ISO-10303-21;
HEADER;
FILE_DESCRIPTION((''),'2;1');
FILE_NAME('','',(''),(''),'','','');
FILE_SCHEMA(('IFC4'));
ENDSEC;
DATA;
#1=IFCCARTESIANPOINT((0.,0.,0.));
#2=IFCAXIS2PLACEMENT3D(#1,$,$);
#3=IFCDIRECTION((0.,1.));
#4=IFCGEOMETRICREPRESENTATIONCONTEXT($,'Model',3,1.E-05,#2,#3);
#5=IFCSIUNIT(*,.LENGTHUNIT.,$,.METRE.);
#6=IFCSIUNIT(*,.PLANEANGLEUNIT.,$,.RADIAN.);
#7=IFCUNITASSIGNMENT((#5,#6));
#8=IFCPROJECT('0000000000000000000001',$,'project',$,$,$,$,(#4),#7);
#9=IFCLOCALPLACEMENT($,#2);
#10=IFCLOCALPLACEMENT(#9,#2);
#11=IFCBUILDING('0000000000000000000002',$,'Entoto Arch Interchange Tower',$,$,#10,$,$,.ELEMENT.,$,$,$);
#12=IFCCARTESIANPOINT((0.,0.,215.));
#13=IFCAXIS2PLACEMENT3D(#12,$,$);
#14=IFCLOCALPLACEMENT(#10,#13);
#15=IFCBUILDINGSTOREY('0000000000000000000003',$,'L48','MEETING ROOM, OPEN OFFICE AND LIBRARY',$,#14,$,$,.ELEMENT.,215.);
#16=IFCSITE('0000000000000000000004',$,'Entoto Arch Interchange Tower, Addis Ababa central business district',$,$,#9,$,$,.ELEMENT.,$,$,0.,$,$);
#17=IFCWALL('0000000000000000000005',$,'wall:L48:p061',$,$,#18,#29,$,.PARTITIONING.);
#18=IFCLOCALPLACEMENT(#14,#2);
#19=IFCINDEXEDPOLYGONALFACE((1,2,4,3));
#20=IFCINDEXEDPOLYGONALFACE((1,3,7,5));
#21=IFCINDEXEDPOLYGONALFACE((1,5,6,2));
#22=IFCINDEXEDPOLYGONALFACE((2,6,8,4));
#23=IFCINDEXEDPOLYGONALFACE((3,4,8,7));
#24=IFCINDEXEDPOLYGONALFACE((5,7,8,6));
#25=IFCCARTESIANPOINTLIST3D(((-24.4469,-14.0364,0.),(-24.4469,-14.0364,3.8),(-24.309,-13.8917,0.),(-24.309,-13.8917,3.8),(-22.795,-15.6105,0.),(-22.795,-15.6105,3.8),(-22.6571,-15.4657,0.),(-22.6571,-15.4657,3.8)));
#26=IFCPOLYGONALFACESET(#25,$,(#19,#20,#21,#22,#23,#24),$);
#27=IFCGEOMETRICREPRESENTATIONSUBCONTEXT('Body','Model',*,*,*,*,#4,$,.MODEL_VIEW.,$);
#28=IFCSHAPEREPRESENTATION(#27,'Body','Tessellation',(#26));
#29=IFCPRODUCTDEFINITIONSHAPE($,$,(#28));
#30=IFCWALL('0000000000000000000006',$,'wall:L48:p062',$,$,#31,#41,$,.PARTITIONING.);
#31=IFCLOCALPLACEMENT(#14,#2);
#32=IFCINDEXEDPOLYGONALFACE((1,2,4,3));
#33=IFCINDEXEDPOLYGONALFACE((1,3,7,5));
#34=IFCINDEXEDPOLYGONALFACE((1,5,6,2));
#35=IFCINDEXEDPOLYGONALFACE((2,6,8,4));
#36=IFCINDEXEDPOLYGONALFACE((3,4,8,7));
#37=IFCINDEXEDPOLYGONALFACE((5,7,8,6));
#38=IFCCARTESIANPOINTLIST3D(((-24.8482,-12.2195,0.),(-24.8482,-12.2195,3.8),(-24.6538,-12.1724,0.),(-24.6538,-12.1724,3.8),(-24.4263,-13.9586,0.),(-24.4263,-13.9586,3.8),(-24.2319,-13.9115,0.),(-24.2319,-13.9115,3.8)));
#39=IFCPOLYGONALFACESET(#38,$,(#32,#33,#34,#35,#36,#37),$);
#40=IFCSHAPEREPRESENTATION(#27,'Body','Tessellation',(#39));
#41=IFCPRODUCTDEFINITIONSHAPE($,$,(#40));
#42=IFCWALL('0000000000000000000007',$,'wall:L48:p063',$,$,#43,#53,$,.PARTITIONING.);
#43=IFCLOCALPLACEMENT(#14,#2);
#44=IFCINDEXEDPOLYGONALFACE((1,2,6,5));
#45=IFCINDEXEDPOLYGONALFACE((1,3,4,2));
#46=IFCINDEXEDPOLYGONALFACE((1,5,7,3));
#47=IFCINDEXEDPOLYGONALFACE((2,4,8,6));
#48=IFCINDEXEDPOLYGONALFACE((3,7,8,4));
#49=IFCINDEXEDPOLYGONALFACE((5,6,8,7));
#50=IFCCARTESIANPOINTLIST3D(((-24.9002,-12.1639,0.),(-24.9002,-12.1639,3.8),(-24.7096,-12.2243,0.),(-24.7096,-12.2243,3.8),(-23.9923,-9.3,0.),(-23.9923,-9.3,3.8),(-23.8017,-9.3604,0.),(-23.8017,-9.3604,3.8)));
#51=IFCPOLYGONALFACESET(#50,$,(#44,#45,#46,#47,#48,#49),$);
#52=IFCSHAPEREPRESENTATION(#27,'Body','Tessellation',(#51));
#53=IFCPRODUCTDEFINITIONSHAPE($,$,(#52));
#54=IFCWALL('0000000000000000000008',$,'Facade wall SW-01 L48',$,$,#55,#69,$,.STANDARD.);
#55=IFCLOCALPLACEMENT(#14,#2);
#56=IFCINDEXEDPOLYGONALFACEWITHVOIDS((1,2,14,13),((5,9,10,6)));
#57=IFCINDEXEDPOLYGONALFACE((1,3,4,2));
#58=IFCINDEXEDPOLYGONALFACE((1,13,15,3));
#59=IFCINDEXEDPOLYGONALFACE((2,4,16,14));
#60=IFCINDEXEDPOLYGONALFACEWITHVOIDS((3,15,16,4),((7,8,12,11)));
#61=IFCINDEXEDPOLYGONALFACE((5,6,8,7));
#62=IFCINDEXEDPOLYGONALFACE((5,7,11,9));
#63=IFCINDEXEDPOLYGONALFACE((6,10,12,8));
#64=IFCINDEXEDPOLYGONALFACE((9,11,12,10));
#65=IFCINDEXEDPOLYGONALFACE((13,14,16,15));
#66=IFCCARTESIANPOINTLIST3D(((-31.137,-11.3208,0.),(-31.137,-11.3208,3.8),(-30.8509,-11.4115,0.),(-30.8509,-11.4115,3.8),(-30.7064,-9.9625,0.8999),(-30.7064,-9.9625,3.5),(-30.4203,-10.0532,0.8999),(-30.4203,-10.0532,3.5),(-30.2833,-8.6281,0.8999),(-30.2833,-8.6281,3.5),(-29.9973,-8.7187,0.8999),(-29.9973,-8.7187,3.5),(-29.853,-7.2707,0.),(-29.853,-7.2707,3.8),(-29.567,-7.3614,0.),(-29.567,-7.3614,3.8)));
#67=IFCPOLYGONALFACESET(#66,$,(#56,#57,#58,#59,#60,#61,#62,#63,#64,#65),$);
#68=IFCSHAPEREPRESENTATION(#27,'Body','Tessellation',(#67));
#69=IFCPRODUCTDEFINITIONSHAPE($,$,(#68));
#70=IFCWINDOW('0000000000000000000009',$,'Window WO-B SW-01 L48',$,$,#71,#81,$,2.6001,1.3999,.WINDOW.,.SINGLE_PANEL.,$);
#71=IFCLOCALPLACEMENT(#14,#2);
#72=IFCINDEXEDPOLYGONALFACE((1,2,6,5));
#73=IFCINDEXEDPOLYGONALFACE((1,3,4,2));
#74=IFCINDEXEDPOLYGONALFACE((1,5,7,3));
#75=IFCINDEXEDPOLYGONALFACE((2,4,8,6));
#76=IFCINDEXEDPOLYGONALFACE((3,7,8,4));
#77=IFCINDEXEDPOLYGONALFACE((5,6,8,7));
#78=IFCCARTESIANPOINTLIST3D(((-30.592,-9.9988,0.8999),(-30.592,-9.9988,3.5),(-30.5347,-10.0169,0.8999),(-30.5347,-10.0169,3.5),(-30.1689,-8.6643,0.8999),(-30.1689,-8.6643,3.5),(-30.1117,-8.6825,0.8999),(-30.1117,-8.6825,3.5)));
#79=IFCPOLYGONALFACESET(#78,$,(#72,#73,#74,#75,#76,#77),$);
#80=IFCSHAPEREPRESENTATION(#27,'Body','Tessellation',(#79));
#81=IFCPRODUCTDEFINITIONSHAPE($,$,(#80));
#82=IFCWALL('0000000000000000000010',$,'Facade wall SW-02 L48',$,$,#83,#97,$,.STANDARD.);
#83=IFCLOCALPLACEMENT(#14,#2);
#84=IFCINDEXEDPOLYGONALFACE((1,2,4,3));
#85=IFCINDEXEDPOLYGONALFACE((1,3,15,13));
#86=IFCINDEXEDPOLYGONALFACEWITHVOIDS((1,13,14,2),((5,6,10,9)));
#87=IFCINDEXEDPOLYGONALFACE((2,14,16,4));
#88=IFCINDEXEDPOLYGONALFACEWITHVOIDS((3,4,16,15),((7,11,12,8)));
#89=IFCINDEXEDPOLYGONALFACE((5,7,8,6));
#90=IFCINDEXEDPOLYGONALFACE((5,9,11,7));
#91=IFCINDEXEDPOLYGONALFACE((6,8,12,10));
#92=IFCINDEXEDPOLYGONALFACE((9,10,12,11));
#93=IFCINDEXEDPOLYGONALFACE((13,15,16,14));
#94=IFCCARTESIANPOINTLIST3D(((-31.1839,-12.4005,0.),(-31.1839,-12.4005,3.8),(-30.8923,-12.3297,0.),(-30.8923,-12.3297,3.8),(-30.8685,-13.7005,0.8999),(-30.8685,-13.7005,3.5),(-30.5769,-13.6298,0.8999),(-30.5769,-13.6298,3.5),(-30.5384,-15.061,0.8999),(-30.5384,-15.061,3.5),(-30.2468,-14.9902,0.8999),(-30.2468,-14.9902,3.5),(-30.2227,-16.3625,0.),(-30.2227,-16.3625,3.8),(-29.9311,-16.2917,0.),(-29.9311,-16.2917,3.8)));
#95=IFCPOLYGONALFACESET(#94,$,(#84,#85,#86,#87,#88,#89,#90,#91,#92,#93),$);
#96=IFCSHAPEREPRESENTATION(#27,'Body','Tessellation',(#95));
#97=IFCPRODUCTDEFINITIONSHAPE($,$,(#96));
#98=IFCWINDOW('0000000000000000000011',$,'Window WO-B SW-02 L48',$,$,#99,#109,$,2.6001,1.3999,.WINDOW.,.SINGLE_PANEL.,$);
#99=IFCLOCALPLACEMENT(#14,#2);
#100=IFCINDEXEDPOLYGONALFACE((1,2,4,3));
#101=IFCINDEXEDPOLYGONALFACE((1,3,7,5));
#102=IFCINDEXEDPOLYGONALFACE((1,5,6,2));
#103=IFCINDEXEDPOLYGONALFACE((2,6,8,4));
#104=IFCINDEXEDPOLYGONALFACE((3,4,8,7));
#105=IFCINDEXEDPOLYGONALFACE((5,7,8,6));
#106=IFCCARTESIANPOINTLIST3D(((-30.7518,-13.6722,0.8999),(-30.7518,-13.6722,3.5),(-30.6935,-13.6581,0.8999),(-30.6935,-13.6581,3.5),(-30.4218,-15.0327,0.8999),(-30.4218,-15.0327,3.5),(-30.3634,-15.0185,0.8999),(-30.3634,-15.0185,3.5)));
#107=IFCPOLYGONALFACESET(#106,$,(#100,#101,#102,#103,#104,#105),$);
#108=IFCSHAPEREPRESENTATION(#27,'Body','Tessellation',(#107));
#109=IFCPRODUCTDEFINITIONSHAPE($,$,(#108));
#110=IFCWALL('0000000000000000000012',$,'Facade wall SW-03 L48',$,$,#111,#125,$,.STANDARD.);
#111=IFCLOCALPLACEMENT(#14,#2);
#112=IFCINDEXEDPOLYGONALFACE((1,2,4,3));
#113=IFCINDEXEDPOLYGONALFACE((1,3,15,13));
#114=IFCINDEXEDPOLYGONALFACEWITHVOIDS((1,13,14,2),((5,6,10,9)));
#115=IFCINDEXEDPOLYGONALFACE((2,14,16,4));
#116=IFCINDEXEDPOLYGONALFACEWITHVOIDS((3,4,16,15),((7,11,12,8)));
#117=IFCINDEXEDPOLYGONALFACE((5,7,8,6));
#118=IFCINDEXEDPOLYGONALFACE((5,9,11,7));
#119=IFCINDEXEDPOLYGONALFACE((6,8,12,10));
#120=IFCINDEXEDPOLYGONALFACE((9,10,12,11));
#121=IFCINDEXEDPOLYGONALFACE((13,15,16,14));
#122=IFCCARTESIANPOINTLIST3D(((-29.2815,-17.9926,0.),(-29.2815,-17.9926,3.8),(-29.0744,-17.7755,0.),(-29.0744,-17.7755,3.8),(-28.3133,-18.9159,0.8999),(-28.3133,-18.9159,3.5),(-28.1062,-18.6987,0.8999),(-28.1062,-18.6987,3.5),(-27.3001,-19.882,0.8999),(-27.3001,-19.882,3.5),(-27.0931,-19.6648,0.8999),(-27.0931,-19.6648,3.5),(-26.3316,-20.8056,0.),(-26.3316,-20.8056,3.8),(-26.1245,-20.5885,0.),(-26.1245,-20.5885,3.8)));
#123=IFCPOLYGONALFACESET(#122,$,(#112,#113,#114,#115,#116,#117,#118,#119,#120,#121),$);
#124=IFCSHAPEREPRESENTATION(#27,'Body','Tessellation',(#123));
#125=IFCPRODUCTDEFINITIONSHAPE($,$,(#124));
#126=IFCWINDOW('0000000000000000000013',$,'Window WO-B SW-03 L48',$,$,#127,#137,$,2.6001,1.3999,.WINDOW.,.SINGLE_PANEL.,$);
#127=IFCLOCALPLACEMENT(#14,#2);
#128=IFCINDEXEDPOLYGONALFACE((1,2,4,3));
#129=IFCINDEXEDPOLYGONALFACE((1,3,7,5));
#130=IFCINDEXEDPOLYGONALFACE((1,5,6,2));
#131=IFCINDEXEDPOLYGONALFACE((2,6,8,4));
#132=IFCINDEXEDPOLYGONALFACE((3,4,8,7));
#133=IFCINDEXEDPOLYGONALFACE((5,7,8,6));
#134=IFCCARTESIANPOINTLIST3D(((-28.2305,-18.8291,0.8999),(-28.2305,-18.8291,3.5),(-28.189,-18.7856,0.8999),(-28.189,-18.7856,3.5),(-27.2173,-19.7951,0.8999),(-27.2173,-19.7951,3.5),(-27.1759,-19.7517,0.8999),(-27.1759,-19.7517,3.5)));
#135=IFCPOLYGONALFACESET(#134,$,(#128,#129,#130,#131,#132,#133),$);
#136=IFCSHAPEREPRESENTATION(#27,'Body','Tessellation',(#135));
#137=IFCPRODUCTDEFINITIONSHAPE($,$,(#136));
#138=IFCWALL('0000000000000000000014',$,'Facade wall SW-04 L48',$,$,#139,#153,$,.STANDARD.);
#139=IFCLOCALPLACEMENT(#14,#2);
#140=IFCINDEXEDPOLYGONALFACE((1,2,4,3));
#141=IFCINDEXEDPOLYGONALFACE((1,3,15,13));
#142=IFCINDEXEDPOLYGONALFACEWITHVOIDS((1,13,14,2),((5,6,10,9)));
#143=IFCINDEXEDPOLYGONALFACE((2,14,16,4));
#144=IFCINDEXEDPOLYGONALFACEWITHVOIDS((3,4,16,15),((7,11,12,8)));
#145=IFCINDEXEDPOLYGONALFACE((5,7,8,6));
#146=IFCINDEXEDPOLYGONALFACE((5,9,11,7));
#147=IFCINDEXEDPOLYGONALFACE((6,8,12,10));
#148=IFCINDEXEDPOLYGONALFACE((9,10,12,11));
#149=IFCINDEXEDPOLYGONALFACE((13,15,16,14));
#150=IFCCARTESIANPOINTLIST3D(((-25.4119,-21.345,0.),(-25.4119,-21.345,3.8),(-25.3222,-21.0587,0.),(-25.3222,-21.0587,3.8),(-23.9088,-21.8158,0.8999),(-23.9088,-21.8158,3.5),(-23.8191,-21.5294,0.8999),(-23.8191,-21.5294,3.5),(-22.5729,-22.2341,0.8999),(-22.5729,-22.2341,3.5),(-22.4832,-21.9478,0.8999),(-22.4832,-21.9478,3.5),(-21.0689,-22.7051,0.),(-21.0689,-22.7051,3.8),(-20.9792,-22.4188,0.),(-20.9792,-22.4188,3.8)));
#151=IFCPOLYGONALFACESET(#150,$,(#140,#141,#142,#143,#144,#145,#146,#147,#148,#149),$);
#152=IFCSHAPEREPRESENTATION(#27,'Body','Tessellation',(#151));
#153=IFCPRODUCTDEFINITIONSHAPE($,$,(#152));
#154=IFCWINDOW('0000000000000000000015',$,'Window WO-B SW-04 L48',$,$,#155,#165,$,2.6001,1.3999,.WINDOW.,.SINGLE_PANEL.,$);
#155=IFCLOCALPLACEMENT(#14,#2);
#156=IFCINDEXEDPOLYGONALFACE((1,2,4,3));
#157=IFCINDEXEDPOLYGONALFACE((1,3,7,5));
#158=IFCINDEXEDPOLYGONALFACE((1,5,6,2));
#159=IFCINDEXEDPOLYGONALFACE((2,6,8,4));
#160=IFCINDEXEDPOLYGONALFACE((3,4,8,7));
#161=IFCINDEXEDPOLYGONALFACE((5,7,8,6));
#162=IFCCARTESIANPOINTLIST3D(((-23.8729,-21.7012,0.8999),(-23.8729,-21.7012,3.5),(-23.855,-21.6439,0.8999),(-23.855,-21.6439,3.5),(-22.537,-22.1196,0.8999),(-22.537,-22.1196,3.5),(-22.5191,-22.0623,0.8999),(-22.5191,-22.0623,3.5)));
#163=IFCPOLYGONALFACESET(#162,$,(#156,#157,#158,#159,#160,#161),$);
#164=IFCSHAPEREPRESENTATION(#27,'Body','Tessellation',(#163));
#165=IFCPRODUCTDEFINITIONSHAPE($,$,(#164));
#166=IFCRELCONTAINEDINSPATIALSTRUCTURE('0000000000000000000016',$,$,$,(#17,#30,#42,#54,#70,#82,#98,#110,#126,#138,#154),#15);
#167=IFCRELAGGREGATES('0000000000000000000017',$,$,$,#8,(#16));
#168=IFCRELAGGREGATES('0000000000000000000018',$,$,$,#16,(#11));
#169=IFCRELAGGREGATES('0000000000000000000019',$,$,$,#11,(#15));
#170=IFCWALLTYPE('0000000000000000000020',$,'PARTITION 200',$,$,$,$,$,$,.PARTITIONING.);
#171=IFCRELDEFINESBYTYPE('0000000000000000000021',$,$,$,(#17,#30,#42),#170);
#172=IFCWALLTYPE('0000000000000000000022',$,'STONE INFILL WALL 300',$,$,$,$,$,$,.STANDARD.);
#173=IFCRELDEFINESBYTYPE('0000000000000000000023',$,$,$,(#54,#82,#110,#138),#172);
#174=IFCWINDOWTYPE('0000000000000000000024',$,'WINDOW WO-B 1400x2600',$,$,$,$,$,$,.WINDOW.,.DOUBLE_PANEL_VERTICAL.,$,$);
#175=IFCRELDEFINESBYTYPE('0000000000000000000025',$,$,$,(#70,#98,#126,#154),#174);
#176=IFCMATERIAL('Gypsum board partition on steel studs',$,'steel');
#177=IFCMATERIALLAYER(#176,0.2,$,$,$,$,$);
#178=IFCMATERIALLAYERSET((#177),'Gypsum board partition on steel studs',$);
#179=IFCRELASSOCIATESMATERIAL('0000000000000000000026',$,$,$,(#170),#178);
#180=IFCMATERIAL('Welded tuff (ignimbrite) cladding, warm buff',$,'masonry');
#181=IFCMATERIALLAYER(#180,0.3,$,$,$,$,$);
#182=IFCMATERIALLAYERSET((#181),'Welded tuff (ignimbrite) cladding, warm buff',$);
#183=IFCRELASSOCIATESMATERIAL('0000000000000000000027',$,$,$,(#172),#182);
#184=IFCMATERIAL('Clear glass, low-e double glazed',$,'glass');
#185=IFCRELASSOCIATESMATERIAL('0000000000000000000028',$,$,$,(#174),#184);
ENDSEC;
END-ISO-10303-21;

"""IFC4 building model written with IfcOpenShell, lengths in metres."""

from ifc_helpers import new_model, si_unit, direction, frame, frame_2d, origin, place, context, subcontext, project, spatial, rectangle, extrude, material, layer, layer_set, type_object, element, fill, save


model = new_model("IFC4")

# Units and contexts
model_context = context("Model", 3, precision=1e-05, world=origin(), true_north=direction((0.0, 1.0)))
body_context = subcontext(model_context, "Body", "Model", "MODEL_VIEW")
ifc_project = project(units=[si_unit("LENGTHUNIT", "METRE"), si_unit("PLANEANGLEUNIT", "RADIAN")], contexts=[model_context])

# Site, building, storey
site_placement = place(None, origin())
site = spatial("IfcSite", under=ifc_project, at=site_placement, Name="Entoto Arch Interchange Tower, Addis Ababa central business district", CompositionType="ELEMENT", RefElevation=0.0)
building_placement = place(site_placement, origin())
building = spatial("IfcBuilding", under=site, at=building_placement, Name="Entoto Arch Interchange Tower", CompositionType="ELEMENT")
storey_placement = place(building_placement, frame((0.0, 0.0, 215.0)))
storey = spatial("IfcBuildingStorey", under=building, at=storey_placement, Name="L48", Description="MEETING ROOM, OPEN OFFICE AND LIBRARY", CompositionType="ELEMENT", Elevation=215.0)

# Shared definitions
ifc_material_1 = material(Name="Gypsum board partition on steel studs", Category="steel")
ifc_layer_1 = layer(ifc_material_1, 0.2)
ifc_layer_set_1 = layer_set([ifc_layer_1], Name="Gypsum board partition on steel studs")
wall_type_1 = type_object("IfcWallType", Name="PARTITION 200", PredefinedType="PARTITIONING", material=ifc_layer_set_1)

# Walls
wall_1_placement = place(storey_placement, frame((-22.7261, -15.5381, 0.0), z_axis=(0.0, 0.0, 1.0), x_axis=(-0.723967, 0.689834, 0.0)))
element("IfcWall", 1, at=wall_1_placement, inside=storey, type_object=wall_type_1, Name="wall:L48:p061", PredefinedType="PARTITIONING", context=body_context, shape_type="SweptSolid", body=[
    extrude(rectangle(XDim=2.2817, YDim=0.2, at=frame_2d((1.1409, 0.0))), origin(), (0.0, 0.0, 1.0), 3.8),
])
wall_2_placement = place(storey_placement, frame((-24.3291, -13.9351, 0.0), z_axis=(0.0, 0.0, 1.0), x_axis=(-0.235756, 0.971812, 0.0)))
element("IfcWall", 2, at=wall_2_placement, inside=storey, type_object=wall_type_1, Name="wall:L48:p062", PredefinedType="PARTITIONING", context=body_context, shape_type="SweptSolid", body=[
    extrude(rectangle(XDim=1.7896, YDim=0.2, at=frame_2d((0.8948, 0.0))), origin(), (0.0, 0.0, 1.0), 3.8),
])
wall_3_placement = place(storey_placement, frame((-24.8049, -12.1941, 0.0), z_axis=(0.0, 0.0, 1.0), x_axis=(0.302201, 0.953244, 0.0)))
element("IfcWall", 3, at=wall_3_placement, inside=storey, type_object=wall_type_1, Name="wall:L48:p063", PredefinedType="PARTITIONING", context=body_context, shape_type="SweptSolid", body=[
    extrude(rectangle(XDim=3.0044, YDim=0.2, at=frame_2d((1.5022, 0.0))), origin(), (0.0, 0.0, 1.0), 3.8),
])

# Walls, openings, windows
ifc_material_2 = material(Name="Welded tuff (ignimbrite) cladding, warm buff", Category="masonry")
ifc_layer_2 = layer(ifc_material_2, 0.3)
ifc_layer_set_2 = layer_set([ifc_layer_2], Name="Welded tuff (ignimbrite) cladding, warm buff")
wall_type_2 = type_object("IfcWallType", Name="STONE INFILL WALL 300", PredefinedType="STANDARD", material=ifc_layer_set_2)
wall_4_placement = place(storey_placement, frame((-29.71, -7.3159, 0.0), z_axis=(0.0, 0.0, 1.0), x_axis=(-0.302195, -0.953246, 0.0)))
wall_4 = element("IfcWall", 4, at=wall_4_placement, inside=storey, type_object=wall_type_2, Name="Facade wall SW-01 L48", PredefinedType="STANDARD", context=body_context, shape_type="SweptSolid", body=[
    extrude(rectangle(XDim=4.2488, YDim=0.3, at=frame_2d((2.1245, 0.0))), origin(), (0.0, 0.0, 1.0), 3.8),
])
opening_1_placement = place(wall_4_placement, frame((1.4241, 0.0, 0.8999)))
opening_1 = element("IfcOpeningElement", 5, at=opening_1_placement, cuts=wall_4, PredefinedType="OPENING", context=body_context, shape_type="SweptSolid", body=[
    extrude(rectangle(XDim=1.3999, YDim=2.6001, at=frame_2d((0.7, 1.3))), frame((0.0, 0.1602, 0.0), z_axis=(0.0, -1.0, 0.0), x_axis=(1.0, 0.0, 0.0)), (0.0, 0.0, 1.0), 0.3201),
])
ifc_material_3 = material(Name="Clear glass, low-e double glazed", Category="glass")
window_type = type_object("IfcWindowType", Name="WINDOW WO-B 1400x2600", PartitioningType="DOUBLE_PANEL_VERTICAL", PredefinedType="WINDOW", material=ifc_material_3)
window_1_placement = place(opening_1_placement, origin())
window_1 = element("IfcWindow", 6, at=window_1_placement, inside=storey, type_object=window_type, Name="Window WO-B SW-01 L48", OverallHeight=2.6001, OverallWidth=1.3999, PartitioningType="SINGLE_PANEL", PredefinedType="WINDOW", context=body_context, shape_type="SweptSolid", body=[
    extrude(rectangle(XDim=1.3999, YDim=2.6001, at=frame_2d((0.7, 1.3))), frame((0.0, 0.03, 0.0), z_axis=(0.0, -1.0, 0.0), x_axis=(1.0, 0.0, 0.0)), (0.0, 0.0, 1.0), 0.0601),
])
fill(opening_1, window_1)
wall_5_placement = place(storey_placement, frame((-31.0381, -12.365, 0.0), z_axis=(0.0, 0.0, 1.0), x_axis=(0.235766, -0.97181, 0.0)))
wall_5 = element("IfcWall", 7, at=wall_5_placement, inside=storey, type_object=wall_type_2, Name="Facade wall SW-02 L48", PredefinedType="STANDARD", context=body_context, shape_type="SweptSolid", body=[
    extrude(rectangle(XDim=4.0769, YDim=0.3, at=frame_2d((2.0386, 0.0))), origin(), (0.0, 0.0, 1.0), 3.8),
])
opening_2_placement = place(wall_5_placement, frame((1.3379, 0.0, 0.8999)))
opening_2 = element("IfcOpeningElement", 8, at=opening_2_placement, cuts=wall_5, PredefinedType="OPENING", context=body_context, shape_type="SweptSolid", body=[
    extrude(rectangle(XDim=1.3999, YDim=2.6001, at=frame_2d((0.7, 1.3))), frame((0.0, 0.1602, 0.0), z_axis=(0.0, -1.0, 0.0), x_axis=(1.0, 0.0, 0.0)), (0.0, 0.0, 1.0), 0.3201),
])
window_2_placement = place(opening_2_placement, origin())
window_2 = element("IfcWindow", 9, at=window_2_placement, inside=storey, type_object=window_type, Name="Window WO-B SW-02 L48", OverallHeight=2.6001, OverallWidth=1.3999, PartitioningType="SINGLE_PANEL", PredefinedType="WINDOW", context=body_context, shape_type="SweptSolid", body=[
    extrude(rectangle(XDim=1.3999, YDim=2.6001, at=frame_2d((0.7, 1.3))), frame((0.0, 0.03, 0.0), z_axis=(0.0, -1.0, 0.0), x_axis=(1.0, 0.0, 0.0)), (0.0, 0.0, 1.0), 0.0601),
])
fill(opening_2, window_2)
wall_6_placement = place(storey_placement, frame((-29.178, -17.884, 0.0), z_axis=(0.0, 0.0, 1.0), x_axis=(0.723708, -0.690107, 0.0)))
wall_6 = element("IfcWall", 10, at=wall_6_placement, inside=storey, type_object=wall_type_2, Name="Facade wall SW-03 L48", PredefinedType="STANDARD", context=body_context, shape_type="SweptSolid", body=[
    extrude(rectangle(XDim=4.0762, YDim=0.3, at=frame_2d((2.0381, 0.0))), origin(), (0.0, 0.0, 1.0), 3.8),
])
opening_3_placement = place(wall_6_placement, frame((1.3379, 0.0, 0.8999)))
opening_3 = element("IfcOpeningElement", 11, at=opening_3_placement, cuts=wall_6, PredefinedType="OPENING", context=body_context, shape_type="SweptSolid", body=[
    extrude(rectangle(XDim=1.3999, YDim=2.6001, at=frame_2d((0.7, 1.3))), frame((0.0, 0.1602, 0.0), z_axis=(0.0, -1.0, 0.0), x_axis=(1.0, 0.0, 0.0)), (0.0, 0.0, 1.0), 0.3201),
])
window_3_placement = place(opening_3_placement, origin())
window_3 = element("IfcWindow", 12, at=window_3_placement, inside=storey, type_object=window_type, Name="Window WO-B SW-03 L48", OverallHeight=2.6001, OverallWidth=1.3999, PartitioningType="SINGLE_PANEL", PredefinedType="WINDOW", context=body_context, shape_type="SweptSolid", body=[
    extrude(rectangle(XDim=1.3999, YDim=2.6001, at=frame_2d((0.7, 1.3))), frame((0.0, 0.03, 0.0), z_axis=(0.0, -1.0, 0.0), x_axis=(1.0, 0.0, 0.0)), (0.0, 0.0, 1.0), 0.0601),
])
fill(opening_3, window_3)
wall_7_placement = place(storey_placement, frame((-25.3669, -21.2019, 0.0), z_axis=(0.0, 0.0, 1.0), x_axis=(0.954297, -0.298858, 0.0)))
wall_7 = element("IfcWall", 13, at=wall_7_placement, inside=storey, type_object=wall_type_2, Name="Facade wall SW-04 L48", PredefinedType="STANDARD", context=body_context, shape_type="SweptSolid", body=[
    extrude(rectangle(XDim=4.551, YDim=0.3, at=frame_2d((2.2754, 0.0))), origin(), (0.0, 0.0, 1.0), 3.8),
])
opening_4_placement = place(wall_7_placement, frame((1.575, 0.0, 0.8999)))
opening_4 = element("IfcOpeningElement", 14, at=opening_4_placement, cuts=wall_7, PredefinedType="OPENING", context=body_context, shape_type="SweptSolid", body=[
    extrude(rectangle(XDim=1.3999, YDim=2.6001, at=frame_2d((0.7, 1.3))), frame((0.0, 0.1602, 0.0), z_axis=(0.0, -1.0, 0.0), x_axis=(1.0, 0.0, 0.0)), (0.0, 0.0, 1.0), 0.3201),
])
window_4_placement = place(opening_4_placement, origin())
window_4 = element("IfcWindow", 15, at=window_4_placement, inside=storey, type_object=window_type, Name="Window WO-B SW-04 L48", OverallHeight=2.6001, OverallWidth=1.3999, PartitioningType="SINGLE_PANEL", PredefinedType="WINDOW", context=body_context, shape_type="SweptSolid", body=[
    extrude(rectangle(XDim=1.3999, YDim=2.6001, at=frame_2d((0.7, 1.3))), frame((0.0, 0.03, 0.0), z_axis=(0.0, -1.0, 0.0), x_axis=(1.0, 0.0, 0.0)), (0.0, 0.0, 1.0), 0.0601),
])
fill(opening_4, window_4)

save(model, "model.ifc")
